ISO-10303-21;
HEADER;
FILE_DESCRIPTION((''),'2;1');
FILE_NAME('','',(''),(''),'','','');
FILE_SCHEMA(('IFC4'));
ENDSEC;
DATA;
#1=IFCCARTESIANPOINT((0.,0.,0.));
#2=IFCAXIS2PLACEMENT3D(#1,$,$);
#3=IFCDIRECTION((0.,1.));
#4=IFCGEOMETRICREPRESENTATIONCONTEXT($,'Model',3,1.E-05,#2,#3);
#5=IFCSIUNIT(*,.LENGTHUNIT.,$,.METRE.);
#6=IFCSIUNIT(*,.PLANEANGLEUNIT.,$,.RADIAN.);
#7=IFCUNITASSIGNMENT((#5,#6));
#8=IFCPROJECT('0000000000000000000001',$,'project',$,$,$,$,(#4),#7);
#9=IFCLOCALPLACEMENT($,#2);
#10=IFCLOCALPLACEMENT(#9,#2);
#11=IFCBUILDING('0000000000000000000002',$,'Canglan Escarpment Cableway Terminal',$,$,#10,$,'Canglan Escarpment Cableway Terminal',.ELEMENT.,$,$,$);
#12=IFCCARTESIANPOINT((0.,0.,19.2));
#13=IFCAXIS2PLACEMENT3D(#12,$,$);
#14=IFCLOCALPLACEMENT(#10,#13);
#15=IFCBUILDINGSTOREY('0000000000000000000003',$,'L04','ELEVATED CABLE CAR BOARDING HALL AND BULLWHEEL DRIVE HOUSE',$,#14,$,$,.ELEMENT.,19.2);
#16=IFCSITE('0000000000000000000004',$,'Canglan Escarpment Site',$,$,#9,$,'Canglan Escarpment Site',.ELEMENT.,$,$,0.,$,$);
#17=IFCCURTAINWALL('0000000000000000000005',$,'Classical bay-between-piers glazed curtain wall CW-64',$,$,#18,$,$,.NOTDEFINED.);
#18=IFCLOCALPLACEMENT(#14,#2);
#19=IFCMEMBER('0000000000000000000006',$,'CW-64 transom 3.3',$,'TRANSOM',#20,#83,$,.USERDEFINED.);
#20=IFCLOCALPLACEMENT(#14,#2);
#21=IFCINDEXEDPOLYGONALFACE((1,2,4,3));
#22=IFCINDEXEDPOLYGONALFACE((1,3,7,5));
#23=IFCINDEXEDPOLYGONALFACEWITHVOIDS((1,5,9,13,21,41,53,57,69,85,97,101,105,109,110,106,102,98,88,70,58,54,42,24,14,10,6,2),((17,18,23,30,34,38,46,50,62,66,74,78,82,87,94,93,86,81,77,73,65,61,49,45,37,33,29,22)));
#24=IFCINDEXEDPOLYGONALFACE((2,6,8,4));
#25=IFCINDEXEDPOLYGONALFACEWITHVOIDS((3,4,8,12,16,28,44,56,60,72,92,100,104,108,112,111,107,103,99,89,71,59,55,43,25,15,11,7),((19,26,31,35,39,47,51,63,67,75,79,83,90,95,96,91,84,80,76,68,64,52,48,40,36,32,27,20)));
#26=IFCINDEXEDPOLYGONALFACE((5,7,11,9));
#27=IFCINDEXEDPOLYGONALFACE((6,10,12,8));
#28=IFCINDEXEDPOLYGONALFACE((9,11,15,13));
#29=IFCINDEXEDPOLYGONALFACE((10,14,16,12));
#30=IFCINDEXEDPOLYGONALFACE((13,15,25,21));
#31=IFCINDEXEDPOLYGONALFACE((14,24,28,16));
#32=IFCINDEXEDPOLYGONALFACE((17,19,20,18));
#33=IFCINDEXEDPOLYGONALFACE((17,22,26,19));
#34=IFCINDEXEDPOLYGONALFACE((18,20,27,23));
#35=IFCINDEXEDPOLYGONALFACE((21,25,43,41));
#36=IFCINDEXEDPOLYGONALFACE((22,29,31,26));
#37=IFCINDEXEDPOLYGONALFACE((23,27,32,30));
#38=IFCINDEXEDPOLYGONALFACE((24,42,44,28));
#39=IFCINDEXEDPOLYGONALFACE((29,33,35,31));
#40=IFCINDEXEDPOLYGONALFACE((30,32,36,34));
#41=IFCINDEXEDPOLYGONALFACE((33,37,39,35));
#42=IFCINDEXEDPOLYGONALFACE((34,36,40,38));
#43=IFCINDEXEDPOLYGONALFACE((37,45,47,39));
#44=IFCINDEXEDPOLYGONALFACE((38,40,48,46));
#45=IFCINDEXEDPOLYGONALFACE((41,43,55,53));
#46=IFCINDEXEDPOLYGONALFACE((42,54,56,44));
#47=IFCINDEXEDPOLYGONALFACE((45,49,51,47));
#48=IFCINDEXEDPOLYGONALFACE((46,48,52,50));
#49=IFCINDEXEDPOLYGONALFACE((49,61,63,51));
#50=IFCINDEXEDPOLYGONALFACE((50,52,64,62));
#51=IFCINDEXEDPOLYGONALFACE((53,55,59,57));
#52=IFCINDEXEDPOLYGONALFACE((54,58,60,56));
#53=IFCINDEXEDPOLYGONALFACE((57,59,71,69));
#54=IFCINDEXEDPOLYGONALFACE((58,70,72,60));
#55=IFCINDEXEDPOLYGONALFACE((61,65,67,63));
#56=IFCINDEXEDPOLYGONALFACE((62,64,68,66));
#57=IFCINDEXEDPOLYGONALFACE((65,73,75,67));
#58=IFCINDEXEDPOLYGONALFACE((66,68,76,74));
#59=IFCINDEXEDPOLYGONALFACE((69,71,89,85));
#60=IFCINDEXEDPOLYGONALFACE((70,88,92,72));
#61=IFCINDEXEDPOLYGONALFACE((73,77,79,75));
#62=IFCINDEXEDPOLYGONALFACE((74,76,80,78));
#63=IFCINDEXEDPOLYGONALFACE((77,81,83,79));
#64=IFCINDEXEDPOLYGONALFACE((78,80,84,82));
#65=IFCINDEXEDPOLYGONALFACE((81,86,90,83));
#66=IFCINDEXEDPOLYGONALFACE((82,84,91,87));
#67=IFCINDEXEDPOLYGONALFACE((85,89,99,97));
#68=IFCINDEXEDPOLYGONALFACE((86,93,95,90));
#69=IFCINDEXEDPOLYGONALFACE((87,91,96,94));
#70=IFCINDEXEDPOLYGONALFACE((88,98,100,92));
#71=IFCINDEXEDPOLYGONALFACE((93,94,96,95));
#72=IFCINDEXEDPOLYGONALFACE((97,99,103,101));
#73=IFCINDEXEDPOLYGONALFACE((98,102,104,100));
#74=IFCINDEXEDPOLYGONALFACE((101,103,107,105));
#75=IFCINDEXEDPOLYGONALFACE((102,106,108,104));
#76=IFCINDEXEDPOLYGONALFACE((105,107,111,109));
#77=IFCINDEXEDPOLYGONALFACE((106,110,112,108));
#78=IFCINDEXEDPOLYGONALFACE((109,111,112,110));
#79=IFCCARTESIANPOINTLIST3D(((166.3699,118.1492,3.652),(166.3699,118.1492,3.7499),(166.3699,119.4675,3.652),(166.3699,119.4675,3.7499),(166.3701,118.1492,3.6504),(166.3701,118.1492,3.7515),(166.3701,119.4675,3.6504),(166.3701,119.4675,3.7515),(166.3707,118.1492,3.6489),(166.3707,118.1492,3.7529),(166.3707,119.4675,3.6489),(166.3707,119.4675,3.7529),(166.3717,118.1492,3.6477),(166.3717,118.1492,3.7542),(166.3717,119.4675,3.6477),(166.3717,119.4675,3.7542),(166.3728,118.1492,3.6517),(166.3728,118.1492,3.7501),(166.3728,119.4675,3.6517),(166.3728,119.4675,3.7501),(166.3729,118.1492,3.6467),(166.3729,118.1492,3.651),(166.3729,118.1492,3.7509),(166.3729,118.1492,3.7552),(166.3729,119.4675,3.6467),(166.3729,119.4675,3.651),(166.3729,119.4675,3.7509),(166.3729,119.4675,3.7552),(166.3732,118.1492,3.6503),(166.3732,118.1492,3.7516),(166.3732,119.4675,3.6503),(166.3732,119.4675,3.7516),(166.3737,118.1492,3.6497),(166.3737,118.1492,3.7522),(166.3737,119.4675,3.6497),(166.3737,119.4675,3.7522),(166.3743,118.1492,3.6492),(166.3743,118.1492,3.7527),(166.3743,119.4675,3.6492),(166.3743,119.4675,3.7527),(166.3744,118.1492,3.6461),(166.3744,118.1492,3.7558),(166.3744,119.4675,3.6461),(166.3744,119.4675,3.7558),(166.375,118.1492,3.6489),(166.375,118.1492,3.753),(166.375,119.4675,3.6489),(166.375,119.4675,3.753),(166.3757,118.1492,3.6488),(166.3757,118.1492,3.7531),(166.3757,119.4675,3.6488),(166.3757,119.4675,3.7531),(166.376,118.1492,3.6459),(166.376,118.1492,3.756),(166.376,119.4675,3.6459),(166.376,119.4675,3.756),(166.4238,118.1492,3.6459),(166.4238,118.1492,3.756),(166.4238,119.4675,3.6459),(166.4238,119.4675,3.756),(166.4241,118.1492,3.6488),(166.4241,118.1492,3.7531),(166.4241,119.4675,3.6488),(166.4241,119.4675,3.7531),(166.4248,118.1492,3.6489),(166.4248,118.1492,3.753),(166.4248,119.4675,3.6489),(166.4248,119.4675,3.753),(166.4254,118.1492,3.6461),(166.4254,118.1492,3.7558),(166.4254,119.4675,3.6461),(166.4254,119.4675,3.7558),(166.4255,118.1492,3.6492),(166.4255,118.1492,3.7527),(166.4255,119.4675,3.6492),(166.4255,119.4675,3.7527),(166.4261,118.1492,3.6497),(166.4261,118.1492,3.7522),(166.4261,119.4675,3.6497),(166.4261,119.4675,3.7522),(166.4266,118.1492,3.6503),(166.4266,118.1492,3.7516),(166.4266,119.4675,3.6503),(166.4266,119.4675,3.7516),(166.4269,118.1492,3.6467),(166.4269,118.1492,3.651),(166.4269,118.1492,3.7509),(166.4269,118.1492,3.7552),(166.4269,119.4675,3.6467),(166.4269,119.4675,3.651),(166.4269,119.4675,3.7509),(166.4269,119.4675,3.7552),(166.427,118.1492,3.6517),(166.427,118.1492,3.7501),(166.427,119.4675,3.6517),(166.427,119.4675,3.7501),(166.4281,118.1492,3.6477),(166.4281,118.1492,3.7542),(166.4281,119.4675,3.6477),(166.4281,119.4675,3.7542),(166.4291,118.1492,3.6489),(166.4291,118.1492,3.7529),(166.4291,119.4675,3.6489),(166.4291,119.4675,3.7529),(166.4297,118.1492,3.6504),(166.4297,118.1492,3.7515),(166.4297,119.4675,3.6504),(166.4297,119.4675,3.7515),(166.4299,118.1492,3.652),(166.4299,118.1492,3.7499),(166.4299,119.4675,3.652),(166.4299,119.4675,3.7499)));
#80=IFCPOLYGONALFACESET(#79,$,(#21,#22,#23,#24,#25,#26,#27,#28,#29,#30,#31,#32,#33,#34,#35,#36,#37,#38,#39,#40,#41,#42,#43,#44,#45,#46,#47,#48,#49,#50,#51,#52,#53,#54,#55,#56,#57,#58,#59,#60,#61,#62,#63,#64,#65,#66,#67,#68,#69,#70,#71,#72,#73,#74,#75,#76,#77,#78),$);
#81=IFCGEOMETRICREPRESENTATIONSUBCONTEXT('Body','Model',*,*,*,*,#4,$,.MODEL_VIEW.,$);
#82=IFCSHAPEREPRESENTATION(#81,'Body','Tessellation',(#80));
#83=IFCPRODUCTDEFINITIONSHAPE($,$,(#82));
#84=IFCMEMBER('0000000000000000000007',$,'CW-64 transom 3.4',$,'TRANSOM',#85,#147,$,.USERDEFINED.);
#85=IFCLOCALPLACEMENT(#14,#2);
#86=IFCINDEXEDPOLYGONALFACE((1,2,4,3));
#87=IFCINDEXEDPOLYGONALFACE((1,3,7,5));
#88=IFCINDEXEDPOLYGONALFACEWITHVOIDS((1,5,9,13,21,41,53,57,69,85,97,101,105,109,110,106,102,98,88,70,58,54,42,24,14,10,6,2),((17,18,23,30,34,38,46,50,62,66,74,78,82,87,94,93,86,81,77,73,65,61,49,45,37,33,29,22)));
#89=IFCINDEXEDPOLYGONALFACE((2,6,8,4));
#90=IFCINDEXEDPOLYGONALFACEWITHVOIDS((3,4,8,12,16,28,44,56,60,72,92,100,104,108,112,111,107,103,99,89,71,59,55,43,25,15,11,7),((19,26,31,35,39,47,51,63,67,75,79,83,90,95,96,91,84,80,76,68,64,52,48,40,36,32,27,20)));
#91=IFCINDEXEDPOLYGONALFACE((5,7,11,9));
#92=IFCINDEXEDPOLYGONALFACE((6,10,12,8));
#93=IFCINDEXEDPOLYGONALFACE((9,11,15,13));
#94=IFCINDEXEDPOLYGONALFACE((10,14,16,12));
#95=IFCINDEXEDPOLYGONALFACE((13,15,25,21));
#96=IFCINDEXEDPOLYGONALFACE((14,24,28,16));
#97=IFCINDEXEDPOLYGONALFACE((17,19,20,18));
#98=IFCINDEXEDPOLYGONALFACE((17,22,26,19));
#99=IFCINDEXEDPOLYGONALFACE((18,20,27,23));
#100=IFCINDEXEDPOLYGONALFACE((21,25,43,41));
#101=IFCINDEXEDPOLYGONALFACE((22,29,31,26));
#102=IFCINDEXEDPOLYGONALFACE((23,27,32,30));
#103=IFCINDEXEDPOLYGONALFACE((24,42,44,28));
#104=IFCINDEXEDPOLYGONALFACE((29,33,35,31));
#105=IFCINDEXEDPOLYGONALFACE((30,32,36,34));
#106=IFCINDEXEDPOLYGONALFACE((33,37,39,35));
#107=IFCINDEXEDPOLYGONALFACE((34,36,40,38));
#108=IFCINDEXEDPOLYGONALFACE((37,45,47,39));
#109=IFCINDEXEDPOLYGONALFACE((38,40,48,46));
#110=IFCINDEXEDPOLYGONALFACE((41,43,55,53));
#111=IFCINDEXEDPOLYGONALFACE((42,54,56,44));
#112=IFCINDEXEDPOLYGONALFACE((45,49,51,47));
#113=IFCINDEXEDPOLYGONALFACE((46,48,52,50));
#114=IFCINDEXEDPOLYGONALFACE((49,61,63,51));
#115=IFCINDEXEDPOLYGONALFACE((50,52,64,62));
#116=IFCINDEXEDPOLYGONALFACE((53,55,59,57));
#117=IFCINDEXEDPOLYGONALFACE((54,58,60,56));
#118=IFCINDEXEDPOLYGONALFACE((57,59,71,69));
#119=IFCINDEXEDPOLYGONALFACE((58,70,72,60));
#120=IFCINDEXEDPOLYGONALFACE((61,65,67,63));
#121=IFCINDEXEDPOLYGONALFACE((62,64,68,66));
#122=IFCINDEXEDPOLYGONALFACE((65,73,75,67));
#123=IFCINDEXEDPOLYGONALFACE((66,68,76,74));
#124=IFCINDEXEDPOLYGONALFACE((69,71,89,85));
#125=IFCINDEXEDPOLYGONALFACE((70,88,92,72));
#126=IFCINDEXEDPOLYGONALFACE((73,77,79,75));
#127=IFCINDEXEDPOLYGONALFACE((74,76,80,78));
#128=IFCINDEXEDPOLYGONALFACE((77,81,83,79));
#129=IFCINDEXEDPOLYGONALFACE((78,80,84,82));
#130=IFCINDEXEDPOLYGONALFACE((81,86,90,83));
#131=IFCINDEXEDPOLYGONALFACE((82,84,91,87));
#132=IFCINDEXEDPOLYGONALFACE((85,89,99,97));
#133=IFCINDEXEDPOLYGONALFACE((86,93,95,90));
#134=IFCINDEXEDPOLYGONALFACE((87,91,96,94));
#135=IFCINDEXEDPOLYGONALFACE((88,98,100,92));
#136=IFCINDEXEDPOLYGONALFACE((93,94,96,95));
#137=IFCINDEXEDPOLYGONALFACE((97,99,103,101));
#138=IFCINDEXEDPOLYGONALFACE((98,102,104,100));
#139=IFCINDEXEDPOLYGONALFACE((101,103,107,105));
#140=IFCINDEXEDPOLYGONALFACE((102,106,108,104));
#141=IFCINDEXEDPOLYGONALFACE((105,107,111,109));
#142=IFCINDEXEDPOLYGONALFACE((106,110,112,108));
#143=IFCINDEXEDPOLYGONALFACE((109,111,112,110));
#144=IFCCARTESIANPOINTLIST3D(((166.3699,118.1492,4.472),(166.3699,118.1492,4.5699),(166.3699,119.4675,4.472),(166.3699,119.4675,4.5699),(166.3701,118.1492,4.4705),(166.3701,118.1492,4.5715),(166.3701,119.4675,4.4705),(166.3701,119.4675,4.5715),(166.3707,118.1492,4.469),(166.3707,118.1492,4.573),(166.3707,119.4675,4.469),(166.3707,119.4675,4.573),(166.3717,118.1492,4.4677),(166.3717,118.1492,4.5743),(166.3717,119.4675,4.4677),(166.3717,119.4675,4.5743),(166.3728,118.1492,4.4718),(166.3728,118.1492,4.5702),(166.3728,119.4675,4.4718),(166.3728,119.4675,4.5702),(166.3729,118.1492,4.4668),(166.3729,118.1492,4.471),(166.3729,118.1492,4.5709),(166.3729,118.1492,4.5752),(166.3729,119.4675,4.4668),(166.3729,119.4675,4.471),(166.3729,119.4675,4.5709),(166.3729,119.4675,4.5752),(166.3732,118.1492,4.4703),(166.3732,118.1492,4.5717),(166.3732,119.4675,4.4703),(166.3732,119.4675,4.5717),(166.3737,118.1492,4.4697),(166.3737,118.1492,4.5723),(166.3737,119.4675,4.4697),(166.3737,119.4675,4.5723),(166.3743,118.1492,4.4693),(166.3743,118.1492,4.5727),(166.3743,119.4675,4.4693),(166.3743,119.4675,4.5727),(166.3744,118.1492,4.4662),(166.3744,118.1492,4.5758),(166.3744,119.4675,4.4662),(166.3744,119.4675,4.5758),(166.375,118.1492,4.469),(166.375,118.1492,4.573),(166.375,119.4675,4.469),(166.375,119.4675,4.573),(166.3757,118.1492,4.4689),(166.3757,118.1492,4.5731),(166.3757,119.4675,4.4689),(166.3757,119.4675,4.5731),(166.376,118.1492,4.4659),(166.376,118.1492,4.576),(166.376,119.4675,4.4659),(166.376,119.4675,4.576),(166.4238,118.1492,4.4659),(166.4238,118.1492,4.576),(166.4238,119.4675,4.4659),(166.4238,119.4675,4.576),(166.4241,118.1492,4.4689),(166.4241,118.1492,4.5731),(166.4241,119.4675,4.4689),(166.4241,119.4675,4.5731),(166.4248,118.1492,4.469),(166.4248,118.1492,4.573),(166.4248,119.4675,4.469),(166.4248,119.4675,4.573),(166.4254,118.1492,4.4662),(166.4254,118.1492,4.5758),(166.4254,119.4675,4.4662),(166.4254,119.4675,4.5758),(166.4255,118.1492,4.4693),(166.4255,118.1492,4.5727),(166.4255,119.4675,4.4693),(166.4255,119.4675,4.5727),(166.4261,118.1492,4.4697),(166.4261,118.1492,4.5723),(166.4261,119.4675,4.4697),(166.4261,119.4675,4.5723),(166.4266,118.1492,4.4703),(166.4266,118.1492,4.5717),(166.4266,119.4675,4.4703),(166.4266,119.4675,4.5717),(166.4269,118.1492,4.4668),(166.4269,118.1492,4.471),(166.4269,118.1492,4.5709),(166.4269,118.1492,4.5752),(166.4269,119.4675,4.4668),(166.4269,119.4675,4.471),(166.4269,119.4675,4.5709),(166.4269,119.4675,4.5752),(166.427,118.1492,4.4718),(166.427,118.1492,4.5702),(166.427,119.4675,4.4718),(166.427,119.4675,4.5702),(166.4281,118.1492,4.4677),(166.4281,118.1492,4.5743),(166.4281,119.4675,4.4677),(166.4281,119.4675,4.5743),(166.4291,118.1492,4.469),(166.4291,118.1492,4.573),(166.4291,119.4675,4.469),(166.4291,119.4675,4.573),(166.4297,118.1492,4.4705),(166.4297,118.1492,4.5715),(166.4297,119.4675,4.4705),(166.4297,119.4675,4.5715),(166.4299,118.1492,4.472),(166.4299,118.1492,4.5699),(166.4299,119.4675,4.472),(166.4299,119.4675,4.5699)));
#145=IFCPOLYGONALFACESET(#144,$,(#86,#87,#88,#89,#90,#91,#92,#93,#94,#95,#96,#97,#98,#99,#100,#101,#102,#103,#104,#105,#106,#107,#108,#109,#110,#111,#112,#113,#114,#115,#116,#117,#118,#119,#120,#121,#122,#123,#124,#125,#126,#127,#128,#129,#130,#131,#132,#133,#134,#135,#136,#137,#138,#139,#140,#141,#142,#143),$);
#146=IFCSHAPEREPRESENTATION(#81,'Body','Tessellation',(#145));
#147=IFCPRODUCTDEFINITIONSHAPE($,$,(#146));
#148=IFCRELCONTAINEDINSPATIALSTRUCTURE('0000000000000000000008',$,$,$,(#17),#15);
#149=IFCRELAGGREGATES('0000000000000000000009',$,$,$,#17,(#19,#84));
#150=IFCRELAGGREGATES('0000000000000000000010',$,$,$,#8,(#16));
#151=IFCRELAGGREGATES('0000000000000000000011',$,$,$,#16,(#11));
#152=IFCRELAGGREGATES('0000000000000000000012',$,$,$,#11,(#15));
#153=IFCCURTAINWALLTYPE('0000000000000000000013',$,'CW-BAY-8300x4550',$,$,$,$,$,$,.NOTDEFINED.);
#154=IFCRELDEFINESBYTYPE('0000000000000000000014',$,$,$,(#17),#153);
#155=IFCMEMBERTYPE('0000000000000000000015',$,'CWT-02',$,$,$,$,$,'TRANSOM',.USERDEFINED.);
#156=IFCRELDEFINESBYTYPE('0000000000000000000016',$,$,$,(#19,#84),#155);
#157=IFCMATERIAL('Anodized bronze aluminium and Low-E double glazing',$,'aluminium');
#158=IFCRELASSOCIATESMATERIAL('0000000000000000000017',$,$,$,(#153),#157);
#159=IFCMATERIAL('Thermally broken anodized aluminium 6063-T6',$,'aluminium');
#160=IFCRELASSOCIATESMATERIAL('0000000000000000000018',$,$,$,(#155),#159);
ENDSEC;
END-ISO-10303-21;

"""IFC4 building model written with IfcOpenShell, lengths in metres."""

from ifc_helpers import new_model, si_unit, direction, frame, origin, origin_2d, place, context, subcontext, project, spatial, hollow_rectangle, extrude, material, material_profile, profile_set, type_object, element, aggregate, save


model = new_model("IFC4")

# Units and contexts
model_context = context("Model", 3, precision=1e-05, world=origin(), true_north=direction((0.0, 1.0)))
body_context = subcontext(model_context, "Body", "Model", "MODEL_VIEW")
ifc_project = project(units=[si_unit("LENGTHUNIT", "METRE"), si_unit("PLANEANGLEUNIT", "RADIAN")], contexts=[model_context])

# Site, building, storey
site_placement = place(None, origin())
site = spatial("IfcSite", under=ifc_project, at=site_placement, Name="Canglan Escarpment Site", LongName="Canglan Escarpment Site", CompositionType="ELEMENT", RefElevation=0.0)
building_placement = place(site_placement, origin())
building = spatial("IfcBuilding", under=site, at=building_placement, Name="Canglan Escarpment Cableway Terminal", LongName="Canglan Escarpment Cableway Terminal", CompositionType="ELEMENT")
storey_placement = place(building_placement, frame((0.0, 0.0, 19.2)))
storey = spatial("IfcBuildingStorey", under=building, at=storey_placement, Name="L04", Description="ELEVATED CABLE CAR BOARDING HALL AND BULLWHEEL DRIVE HOUSE", CompositionType="ELEMENT", Elevation=19.2)

# Curtain wall, members
ifc_material_1 = material(Name="Anodized bronze aluminium and Low-E double glazing", Category="aluminium")
curtain_wall_type = type_object("IfcCurtainWallType", Name="CW-BAY-8300x4550", PredefinedType="NOTDEFINED", material=ifc_material_1)
curtain_wall_placement = place(storey_placement, origin())
curtain_wall = element("IfcCurtainWall", 1, at=curtain_wall_placement, inside=storey, type_object=curtain_wall_type, Name="Classical bay-between-piers glazed curtain wall CW-64", PredefinedType="NOTDEFINED")
ifc_material_2 = material(Name="Thermally broken anodized aluminium 6063-T6", Category="aluminium")
ifc_material_profile_1 = material_profile(ifc_material_2, hollow_rectangle(XDim=0.0601, YDim=0.1101, WallThickness=0.0029, InnerFilletRadius=0.0029, OuterFilletRadius=0.0061, at=origin_2d()), Name="ALU-TRAN 60x110x3")
ifc_profile_set_1 = profile_set([ifc_material_profile_1], Name="Thermally broken anodized aluminium 6063-T6")
member_type_1 = type_object("IfcMemberType", Name="CWT-02", ElementType="TRANSOM", PredefinedType="USERDEFINED", material=ifc_profile_set_1)
member_1_placement = place(storey_placement, frame((166.3999, 118.1492, 3.7009), z_axis=(0.0, 1.0, 0.0), x_axis=(-1.0, 0.0, 0.0)))
member_1 = element("IfcMember", 2, at=member_1_placement, type_object=member_type_1, Name="CW-64 transom 3.3", ObjectType="TRANSOM", PredefinedType="USERDEFINED", context=body_context, shape_type="SweptSolid", body=[
    extrude(hollow_rectangle(XDim=0.0601, YDim=0.1101, WallThickness=0.0029, InnerFilletRadius=0.0029, OuterFilletRadius=0.0061, at=origin_2d()), origin(), (0.0, 0.0, 1.0), 1.3184),
])
member_2_placement = place(storey_placement, frame((166.3999, 118.1492, 4.521), z_axis=(0.0, 1.0, 0.0), x_axis=(-1.0, 0.0, 0.0)))
member_2 = element("IfcMember", 3, at=member_2_placement, type_object=member_type_1, Name="CW-64 transom 3.4", ObjectType="TRANSOM", PredefinedType="USERDEFINED", context=body_context, shape_type="SweptSolid", body=[
    extrude(hollow_rectangle(XDim=0.0601, YDim=0.1101, WallThickness=0.0029, InnerFilletRadius=0.0029, OuterFilletRadius=0.0061, at=origin_2d()), origin(), (0.0, 0.0, 1.0), 1.3184),
])
aggregate(curtain_wall, [member_1, member_2])

save(model, "model.ifc")
